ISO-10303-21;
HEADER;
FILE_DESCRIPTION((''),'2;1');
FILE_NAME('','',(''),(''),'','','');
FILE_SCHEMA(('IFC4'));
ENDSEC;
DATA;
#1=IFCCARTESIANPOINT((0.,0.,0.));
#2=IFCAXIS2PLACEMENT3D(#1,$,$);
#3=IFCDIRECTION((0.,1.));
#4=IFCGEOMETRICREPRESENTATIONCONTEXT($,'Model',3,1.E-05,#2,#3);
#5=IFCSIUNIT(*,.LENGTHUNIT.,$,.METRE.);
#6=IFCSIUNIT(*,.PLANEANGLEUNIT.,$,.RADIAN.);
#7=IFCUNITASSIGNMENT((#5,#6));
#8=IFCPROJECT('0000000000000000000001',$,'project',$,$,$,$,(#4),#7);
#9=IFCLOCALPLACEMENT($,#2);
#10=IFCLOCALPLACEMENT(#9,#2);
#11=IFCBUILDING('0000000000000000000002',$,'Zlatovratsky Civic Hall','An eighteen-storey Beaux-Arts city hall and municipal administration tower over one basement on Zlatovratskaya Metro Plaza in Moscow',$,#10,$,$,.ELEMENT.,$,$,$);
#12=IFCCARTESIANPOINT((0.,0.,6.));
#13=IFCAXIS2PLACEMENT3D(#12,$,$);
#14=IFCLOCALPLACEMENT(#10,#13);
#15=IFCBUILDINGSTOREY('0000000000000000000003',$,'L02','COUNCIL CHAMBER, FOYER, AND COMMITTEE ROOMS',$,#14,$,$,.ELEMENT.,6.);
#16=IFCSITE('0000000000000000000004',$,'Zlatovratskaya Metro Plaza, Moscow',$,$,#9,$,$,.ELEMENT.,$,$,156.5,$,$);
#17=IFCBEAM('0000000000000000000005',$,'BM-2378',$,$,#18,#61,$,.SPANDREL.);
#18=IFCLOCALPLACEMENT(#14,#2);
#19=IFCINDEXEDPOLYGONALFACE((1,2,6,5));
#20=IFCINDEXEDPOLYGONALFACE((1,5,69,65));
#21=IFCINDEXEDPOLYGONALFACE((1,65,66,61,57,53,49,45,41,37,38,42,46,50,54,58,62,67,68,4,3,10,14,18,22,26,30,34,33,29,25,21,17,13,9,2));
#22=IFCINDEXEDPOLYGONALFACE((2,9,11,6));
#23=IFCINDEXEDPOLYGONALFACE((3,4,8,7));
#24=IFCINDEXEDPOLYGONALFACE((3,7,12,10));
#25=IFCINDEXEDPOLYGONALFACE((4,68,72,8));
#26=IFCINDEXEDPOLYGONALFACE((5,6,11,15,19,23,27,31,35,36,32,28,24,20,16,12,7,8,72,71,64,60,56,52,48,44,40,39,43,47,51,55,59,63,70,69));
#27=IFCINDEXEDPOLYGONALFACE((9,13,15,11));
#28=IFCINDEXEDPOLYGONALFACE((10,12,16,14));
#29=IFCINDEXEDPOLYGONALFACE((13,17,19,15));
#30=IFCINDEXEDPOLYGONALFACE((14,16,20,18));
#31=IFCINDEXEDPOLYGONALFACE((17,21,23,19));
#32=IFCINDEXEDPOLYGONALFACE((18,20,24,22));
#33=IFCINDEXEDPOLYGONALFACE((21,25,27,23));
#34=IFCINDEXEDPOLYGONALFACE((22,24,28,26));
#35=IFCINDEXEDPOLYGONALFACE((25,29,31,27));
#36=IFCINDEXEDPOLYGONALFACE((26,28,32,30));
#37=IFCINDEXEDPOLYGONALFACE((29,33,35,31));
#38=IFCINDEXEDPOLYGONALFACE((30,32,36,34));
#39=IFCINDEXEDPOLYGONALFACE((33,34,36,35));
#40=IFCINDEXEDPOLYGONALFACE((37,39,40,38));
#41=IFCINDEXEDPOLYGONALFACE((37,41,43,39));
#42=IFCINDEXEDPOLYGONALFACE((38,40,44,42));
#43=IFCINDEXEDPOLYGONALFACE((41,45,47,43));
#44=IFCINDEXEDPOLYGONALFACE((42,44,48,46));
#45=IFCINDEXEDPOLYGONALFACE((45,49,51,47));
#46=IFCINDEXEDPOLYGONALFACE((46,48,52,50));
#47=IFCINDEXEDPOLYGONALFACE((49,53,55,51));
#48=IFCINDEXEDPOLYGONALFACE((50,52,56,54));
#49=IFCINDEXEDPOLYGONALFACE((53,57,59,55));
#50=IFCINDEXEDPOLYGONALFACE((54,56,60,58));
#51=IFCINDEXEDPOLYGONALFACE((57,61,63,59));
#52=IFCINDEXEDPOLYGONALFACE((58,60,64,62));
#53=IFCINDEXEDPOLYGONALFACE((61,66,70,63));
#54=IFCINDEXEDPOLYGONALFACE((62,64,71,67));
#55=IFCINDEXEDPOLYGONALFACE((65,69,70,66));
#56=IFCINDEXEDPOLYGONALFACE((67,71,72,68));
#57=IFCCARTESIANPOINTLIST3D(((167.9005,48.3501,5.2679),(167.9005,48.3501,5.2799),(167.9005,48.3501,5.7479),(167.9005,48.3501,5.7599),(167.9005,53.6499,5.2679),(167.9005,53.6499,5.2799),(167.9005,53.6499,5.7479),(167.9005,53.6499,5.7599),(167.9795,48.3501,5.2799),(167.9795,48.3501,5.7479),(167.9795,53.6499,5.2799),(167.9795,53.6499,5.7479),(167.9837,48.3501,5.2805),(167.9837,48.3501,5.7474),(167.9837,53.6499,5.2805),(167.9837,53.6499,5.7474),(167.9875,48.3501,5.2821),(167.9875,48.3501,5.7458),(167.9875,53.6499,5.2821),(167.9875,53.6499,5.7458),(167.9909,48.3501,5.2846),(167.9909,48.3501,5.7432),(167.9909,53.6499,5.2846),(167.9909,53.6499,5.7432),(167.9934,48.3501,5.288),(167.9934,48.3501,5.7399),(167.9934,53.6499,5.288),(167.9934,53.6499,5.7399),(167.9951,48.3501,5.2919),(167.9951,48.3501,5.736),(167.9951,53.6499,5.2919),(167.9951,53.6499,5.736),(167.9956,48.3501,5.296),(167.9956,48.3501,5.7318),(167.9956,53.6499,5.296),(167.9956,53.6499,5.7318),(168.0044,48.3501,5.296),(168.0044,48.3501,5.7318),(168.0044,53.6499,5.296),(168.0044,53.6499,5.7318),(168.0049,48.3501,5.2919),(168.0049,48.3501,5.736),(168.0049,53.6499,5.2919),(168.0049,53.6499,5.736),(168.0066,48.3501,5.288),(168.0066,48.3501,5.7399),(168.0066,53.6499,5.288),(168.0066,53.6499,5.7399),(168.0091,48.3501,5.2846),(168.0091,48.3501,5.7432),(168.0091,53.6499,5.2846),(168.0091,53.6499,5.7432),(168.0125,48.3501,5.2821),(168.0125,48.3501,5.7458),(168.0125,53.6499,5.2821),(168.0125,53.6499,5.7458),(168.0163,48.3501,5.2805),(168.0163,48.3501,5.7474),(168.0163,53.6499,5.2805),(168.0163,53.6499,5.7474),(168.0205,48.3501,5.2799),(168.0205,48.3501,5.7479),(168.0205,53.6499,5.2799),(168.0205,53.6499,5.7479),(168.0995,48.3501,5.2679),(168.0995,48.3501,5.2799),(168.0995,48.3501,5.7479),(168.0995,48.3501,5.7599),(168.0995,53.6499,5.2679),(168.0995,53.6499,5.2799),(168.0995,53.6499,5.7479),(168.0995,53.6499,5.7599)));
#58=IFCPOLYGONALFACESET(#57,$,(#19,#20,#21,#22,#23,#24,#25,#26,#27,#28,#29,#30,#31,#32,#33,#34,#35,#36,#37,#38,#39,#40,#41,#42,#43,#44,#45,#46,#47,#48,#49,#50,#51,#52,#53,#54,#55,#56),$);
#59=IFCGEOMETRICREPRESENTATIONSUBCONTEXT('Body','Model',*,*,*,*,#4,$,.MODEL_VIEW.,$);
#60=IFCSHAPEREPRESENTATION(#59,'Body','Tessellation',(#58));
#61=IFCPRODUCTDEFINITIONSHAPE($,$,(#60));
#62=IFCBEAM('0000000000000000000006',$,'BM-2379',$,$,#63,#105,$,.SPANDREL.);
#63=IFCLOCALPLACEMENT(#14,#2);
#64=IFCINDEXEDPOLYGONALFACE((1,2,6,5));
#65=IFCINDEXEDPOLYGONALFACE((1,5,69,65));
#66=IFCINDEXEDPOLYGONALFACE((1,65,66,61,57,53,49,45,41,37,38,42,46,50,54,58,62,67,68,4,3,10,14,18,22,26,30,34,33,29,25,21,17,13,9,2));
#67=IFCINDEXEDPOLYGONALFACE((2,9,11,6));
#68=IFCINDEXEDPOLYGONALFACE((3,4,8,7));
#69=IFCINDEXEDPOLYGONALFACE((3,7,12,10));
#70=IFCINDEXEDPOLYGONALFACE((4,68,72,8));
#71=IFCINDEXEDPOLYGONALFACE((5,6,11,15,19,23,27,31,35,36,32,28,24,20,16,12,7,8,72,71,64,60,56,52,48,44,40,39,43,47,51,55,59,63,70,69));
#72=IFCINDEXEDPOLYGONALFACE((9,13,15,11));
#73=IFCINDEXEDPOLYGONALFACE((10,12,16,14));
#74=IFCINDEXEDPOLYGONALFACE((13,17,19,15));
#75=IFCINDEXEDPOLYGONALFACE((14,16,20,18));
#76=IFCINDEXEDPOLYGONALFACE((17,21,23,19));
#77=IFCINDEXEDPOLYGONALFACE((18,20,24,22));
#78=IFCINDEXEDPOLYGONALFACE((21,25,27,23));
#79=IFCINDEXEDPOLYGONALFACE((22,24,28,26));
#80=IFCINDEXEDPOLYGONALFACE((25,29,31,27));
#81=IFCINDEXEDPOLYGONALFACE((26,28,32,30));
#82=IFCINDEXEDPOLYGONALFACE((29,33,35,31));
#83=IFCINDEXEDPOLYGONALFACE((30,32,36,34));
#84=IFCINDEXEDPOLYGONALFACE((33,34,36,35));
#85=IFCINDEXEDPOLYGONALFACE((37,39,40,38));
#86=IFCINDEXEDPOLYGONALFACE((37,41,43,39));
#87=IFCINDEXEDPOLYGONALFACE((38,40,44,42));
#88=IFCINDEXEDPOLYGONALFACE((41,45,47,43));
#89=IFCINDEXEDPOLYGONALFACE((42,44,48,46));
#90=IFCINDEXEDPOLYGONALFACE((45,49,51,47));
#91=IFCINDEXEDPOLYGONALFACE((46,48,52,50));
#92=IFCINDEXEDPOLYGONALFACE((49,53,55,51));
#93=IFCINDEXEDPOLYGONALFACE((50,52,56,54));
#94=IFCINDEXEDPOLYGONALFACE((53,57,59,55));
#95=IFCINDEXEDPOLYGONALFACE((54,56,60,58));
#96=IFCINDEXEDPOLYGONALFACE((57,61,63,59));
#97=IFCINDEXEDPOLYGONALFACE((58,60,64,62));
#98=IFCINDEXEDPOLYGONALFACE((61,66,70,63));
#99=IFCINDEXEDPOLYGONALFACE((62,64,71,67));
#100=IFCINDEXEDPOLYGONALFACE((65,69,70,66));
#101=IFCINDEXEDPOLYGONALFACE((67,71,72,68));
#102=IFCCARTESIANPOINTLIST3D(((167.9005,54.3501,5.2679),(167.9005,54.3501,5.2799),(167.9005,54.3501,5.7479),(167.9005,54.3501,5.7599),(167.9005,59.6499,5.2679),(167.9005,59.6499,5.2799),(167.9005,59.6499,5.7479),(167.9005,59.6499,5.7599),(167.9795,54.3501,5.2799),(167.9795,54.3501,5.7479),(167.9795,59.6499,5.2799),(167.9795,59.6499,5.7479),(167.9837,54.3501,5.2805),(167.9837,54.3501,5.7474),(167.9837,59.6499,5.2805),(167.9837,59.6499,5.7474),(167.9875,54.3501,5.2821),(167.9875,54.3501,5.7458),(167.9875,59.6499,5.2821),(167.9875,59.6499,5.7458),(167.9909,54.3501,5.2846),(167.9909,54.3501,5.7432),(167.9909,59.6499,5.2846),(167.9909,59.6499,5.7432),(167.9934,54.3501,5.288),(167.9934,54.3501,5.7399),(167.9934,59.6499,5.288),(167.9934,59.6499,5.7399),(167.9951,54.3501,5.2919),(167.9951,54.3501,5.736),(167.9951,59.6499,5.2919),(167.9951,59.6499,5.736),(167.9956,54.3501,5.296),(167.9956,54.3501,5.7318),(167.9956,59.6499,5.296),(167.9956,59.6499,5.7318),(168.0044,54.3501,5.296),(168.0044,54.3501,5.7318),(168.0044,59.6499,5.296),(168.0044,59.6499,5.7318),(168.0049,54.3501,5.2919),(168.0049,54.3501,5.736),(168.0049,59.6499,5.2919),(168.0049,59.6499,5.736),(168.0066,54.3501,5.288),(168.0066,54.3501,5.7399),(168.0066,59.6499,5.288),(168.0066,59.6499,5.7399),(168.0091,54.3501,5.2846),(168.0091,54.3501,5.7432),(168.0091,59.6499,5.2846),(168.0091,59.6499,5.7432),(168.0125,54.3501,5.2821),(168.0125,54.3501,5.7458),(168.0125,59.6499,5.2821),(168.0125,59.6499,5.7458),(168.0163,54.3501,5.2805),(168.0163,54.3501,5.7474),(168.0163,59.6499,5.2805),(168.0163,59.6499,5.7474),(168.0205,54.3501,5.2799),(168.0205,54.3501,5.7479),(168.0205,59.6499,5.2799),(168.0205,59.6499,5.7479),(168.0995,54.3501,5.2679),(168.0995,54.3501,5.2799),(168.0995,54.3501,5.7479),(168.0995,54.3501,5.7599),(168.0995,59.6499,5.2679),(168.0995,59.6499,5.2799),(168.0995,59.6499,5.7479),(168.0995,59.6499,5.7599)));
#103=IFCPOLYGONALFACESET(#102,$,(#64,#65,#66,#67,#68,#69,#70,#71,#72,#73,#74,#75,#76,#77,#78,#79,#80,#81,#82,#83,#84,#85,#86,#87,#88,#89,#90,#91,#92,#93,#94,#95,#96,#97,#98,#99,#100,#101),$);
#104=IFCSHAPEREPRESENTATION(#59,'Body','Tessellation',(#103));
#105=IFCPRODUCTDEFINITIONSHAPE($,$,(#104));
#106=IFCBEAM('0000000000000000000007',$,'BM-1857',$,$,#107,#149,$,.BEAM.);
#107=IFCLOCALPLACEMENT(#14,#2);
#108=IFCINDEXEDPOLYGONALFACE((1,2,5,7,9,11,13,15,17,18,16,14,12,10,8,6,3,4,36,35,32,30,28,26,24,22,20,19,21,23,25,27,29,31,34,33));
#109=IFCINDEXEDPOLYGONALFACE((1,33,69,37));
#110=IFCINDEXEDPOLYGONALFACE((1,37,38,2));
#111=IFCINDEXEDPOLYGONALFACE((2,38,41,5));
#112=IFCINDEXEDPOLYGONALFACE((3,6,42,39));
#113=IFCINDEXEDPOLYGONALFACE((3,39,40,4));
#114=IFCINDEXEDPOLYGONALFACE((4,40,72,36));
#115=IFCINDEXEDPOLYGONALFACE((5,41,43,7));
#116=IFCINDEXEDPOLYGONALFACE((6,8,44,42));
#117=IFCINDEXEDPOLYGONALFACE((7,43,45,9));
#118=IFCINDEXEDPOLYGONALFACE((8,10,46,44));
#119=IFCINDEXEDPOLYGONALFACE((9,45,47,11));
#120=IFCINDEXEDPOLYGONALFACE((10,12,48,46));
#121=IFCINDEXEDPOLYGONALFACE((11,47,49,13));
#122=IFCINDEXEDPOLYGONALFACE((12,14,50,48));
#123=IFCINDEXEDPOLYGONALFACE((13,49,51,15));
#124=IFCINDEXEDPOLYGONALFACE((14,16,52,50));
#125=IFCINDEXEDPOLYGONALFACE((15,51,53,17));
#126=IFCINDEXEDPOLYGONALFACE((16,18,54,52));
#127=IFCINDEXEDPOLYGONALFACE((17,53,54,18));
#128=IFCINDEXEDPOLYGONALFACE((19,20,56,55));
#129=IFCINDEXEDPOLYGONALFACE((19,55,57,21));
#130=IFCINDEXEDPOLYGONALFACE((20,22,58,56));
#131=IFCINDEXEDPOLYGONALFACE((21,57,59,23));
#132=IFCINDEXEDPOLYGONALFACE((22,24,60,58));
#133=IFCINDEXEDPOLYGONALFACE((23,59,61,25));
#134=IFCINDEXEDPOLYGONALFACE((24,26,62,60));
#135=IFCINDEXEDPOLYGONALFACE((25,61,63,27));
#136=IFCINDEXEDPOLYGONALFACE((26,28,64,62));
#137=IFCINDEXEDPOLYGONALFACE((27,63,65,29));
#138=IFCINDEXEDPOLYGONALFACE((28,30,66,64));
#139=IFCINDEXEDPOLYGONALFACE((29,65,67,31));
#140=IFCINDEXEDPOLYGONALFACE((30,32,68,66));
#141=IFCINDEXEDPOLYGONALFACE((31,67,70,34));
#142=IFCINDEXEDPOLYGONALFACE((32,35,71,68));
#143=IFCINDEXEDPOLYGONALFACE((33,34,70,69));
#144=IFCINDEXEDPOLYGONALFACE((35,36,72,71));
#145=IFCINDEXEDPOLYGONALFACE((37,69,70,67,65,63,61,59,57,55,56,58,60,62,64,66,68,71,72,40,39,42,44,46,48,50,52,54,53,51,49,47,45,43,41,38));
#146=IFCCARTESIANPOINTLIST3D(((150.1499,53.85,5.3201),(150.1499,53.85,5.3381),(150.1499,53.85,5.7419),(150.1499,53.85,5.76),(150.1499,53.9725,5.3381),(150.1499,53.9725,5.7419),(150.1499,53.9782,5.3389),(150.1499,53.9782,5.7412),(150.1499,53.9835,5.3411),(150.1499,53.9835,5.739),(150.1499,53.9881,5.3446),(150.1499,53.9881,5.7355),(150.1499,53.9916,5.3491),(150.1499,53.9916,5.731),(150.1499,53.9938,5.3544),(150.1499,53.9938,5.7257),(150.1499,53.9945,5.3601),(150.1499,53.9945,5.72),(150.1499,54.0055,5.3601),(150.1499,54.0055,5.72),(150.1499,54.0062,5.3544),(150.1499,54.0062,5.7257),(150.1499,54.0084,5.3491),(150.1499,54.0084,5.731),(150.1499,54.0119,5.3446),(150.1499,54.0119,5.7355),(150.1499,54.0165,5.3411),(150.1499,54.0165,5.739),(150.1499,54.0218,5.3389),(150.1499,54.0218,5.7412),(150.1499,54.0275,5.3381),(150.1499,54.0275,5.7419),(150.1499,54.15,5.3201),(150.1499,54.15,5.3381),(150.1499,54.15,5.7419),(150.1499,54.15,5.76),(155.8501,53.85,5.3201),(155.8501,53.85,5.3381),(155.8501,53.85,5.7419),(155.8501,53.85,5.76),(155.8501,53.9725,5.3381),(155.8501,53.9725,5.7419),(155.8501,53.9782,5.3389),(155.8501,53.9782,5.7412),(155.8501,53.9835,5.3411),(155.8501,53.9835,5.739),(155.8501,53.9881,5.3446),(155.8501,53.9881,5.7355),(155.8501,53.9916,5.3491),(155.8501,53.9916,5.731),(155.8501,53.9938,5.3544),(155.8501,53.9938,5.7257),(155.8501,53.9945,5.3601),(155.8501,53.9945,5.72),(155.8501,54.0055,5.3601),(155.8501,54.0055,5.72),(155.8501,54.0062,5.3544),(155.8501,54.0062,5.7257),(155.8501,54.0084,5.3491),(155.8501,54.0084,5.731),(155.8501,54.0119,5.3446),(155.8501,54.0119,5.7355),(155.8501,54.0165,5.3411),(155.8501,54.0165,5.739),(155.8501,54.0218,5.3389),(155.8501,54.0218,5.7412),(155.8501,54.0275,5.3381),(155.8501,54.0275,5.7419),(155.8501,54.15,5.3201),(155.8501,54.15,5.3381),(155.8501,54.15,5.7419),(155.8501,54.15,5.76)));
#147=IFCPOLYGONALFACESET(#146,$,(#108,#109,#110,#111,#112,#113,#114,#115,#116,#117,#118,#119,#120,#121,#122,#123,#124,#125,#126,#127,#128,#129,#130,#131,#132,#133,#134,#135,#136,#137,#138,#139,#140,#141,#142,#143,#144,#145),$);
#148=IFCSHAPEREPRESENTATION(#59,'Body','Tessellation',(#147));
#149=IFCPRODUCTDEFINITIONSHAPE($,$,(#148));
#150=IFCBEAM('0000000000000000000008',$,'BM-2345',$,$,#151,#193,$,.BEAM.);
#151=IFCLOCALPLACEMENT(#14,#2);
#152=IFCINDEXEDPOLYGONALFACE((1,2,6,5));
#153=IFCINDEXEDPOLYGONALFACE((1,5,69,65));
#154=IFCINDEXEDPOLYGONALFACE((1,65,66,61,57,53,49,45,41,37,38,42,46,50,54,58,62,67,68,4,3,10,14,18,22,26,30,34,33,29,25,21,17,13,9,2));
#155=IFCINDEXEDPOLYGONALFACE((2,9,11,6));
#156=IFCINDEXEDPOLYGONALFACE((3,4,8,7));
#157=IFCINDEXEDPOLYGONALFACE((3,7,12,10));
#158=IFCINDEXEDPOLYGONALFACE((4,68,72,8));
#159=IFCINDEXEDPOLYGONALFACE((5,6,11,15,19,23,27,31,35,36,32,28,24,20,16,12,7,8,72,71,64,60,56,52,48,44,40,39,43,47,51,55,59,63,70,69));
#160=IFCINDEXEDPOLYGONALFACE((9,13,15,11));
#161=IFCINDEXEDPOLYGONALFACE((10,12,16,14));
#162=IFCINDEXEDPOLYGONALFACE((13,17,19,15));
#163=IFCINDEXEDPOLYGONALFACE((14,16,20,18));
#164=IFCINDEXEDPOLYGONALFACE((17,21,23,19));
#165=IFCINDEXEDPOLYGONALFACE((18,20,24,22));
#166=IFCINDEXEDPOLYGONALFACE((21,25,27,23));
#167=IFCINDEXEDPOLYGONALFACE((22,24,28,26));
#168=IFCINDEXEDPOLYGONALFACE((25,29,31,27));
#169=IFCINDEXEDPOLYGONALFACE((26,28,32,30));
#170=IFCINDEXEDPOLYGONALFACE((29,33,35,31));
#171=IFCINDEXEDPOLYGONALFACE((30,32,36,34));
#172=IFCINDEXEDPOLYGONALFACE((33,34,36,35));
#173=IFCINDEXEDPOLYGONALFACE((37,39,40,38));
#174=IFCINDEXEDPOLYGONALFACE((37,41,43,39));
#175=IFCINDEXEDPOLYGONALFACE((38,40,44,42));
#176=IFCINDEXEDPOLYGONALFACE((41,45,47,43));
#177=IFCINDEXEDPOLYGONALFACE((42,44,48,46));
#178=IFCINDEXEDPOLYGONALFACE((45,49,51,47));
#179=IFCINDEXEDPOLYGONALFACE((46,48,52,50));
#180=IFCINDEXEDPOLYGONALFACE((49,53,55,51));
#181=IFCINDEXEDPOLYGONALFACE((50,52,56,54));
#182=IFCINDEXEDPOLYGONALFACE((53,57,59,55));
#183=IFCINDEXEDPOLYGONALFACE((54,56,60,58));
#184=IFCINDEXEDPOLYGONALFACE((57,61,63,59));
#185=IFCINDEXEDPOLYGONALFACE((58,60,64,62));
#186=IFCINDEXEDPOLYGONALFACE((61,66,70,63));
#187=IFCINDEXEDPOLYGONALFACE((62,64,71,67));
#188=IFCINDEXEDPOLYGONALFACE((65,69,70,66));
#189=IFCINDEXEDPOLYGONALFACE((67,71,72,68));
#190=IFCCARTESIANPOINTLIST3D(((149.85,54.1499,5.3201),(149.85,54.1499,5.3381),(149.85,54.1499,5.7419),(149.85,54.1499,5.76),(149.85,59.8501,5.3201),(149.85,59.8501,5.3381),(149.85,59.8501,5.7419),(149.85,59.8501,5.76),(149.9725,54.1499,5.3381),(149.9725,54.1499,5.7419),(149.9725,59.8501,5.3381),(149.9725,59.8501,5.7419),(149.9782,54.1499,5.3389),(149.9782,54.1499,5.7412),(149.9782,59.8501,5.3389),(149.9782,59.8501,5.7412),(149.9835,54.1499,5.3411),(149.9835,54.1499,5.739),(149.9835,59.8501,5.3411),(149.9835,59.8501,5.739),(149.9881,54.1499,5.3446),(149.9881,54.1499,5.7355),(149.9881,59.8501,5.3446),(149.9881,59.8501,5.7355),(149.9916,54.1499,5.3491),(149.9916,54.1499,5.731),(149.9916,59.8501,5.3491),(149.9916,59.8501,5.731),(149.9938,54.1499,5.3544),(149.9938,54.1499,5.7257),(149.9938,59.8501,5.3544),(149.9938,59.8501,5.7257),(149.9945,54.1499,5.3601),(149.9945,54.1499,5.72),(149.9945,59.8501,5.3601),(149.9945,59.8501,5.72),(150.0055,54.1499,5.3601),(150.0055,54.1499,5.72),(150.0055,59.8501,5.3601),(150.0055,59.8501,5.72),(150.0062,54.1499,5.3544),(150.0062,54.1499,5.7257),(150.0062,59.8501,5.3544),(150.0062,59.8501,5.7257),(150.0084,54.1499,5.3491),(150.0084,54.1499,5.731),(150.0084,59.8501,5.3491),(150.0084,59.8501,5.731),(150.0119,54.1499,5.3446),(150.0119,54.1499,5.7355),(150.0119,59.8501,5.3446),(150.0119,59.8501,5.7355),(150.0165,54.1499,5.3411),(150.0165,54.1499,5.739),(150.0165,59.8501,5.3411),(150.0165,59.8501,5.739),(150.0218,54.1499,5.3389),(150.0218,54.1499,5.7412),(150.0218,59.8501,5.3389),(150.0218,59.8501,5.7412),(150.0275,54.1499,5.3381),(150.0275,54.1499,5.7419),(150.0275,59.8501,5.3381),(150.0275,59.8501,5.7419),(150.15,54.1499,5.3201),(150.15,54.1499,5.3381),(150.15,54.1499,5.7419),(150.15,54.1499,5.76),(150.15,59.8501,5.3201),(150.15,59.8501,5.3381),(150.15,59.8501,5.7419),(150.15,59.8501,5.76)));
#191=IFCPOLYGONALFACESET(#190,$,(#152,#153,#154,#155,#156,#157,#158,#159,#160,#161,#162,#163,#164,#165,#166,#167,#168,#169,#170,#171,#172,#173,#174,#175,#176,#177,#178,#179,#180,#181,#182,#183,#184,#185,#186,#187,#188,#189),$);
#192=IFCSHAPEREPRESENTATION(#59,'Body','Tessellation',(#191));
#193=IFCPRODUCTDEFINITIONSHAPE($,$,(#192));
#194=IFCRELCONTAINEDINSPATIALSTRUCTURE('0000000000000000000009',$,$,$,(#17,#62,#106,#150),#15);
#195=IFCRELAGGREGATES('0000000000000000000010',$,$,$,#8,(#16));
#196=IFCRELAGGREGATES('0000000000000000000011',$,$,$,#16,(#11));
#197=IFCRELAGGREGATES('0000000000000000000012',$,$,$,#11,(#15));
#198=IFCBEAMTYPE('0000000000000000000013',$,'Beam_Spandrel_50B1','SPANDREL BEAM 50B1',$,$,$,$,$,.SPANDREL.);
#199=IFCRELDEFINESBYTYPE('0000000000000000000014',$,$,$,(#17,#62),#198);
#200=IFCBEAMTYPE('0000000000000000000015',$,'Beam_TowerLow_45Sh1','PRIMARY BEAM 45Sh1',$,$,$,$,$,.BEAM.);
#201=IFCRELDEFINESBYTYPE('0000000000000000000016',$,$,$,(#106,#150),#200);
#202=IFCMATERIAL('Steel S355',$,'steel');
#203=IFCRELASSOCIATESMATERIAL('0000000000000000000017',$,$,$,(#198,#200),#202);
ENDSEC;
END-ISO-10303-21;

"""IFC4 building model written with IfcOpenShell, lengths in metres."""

from ifc_helpers import new_model, si_unit, direction, frame, origin, origin_2d, place, context, subcontext, project, spatial, i_section, extrude, material, material_profile, profile_set, type_object, element, save


model = new_model("IFC4")

# Units and contexts
model_context = context("Model", 3, precision=1e-05, world=origin(), true_north=direction((0.0, 1.0)))
body_context = subcontext(model_context, "Body", "Model", "MODEL_VIEW")
ifc_project = project(units=[si_unit("LENGTHUNIT", "METRE"), si_unit("PLANEANGLEUNIT", "RADIAN")], contexts=[model_context])

# Site, building, storey
site_placement = place(None, origin())
site = spatial("IfcSite", under=ifc_project, at=site_placement, Name="Zlatovratskaya Metro Plaza, Moscow", CompositionType="ELEMENT", RefElevation=156.5)
building_placement = place(site_placement, origin())
building = spatial("IfcBuilding", under=site, at=building_placement, Name="Zlatovratsky Civic Hall", Description="An eighteen-storey Beaux-Arts city hall and municipal administration tower over one basement on Zlatovratskaya Metro Plaza in Moscow", CompositionType="ELEMENT")
storey_placement = place(building_placement, frame((0.0, 0.0, 6.0)))
storey = spatial("IfcBuildingStorey", under=building, at=storey_placement, Name="L02", Description="COUNCIL CHAMBER, FOYER, AND COMMITTEE ROOMS", CompositionType="ELEMENT", Elevation=6.0)

# Shared definitions
ifc_material_1 = material(Name="Steel S355", Category="steel")

# Beams
ifc_material_profile_1 = material_profile(ifc_material_1, i_section(OverallWidth=0.199, OverallDepth=0.4919, WebThickness=0.0088, FlangeThickness=0.012, FilletRadius=0.0161, at=origin_2d()), Name="50B1")
ifc_profile_set_1 = profile_set([ifc_material_profile_1], Name="Steel S355")
beam_type_1 = type_object("IfcBeamType", Name="Beam_Spandrel_50B1", Description="SPANDREL BEAM 50B1", PredefinedType="SPANDREL", material=ifc_profile_set_1)
for number, where, z_axis, x_axis, name in (
    (1, (168.0, 48.3501, 5.5139), (0.0, 1.0, 0.0), (-1.0, 0.0, 0.0), "BM-2378"),
    (2, (168.0, 54.3501, 5.5139), (0.0, 1.0, 0.0), (-1.0, 0.0, 0.0), "BM-2379"),
):
    element("IfcBeam", number, at=place(storey_placement, frame(where, z_axis=z_axis, x_axis=x_axis)), inside=storey, type_object=beam_type_1, Name=name, PredefinedType="SPANDREL", context=body_context, shape_type="SweptSolid", body=[
        extrude(i_section(OverallWidth=0.199, OverallDepth=0.4919, WebThickness=0.0088, FlangeThickness=0.012, FilletRadius=0.0161, at=origin_2d()), origin(), (0.0, 0.0, 1.0), 5.2998),
    ])
ifc_material_profile_2 = material_profile(ifc_material_1, i_section(OverallWidth=0.3, OverallDepth=0.4399, WebThickness=0.011, FlangeThickness=0.0181, FilletRadius=0.022, at=origin_2d()), Name="45Sh1")
ifc_profile_set_2 = profile_set([ifc_material_profile_2], Name="Steel S355")
beam_type_2 = type_object("IfcBeamType", Name="Beam_TowerLow_45Sh1", Description="PRIMARY BEAM 45Sh1", PredefinedType="BEAM", material=ifc_profile_set_2)
for number, where, z_axis, x_axis, name in (
    (3, (150.1499, 54.0, 5.54), (1.0, 0.0, 0.0), (0.0, 1.0, 0.0), "BM-1857"),
    (4, (150.0, 54.1499, 5.54), (0.0, 1.0, 0.0), (-1.0, 0.0, 0.0), "BM-2345"),
):
    element("IfcBeam", number, at=place(storey_placement, frame(where, z_axis=z_axis, x_axis=x_axis)), inside=storey, type_object=beam_type_2, Name=name, PredefinedType="BEAM", context=body_context, shape_type="SweptSolid", body=[
        extrude(i_section(OverallWidth=0.3, OverallDepth=0.4399, WebThickness=0.011, FlangeThickness=0.0181, FilletRadius=0.022, at=origin_2d()), origin(), (0.0, 0.0, 1.0), 5.7002),
    ])

save(model, "model.ifc")
